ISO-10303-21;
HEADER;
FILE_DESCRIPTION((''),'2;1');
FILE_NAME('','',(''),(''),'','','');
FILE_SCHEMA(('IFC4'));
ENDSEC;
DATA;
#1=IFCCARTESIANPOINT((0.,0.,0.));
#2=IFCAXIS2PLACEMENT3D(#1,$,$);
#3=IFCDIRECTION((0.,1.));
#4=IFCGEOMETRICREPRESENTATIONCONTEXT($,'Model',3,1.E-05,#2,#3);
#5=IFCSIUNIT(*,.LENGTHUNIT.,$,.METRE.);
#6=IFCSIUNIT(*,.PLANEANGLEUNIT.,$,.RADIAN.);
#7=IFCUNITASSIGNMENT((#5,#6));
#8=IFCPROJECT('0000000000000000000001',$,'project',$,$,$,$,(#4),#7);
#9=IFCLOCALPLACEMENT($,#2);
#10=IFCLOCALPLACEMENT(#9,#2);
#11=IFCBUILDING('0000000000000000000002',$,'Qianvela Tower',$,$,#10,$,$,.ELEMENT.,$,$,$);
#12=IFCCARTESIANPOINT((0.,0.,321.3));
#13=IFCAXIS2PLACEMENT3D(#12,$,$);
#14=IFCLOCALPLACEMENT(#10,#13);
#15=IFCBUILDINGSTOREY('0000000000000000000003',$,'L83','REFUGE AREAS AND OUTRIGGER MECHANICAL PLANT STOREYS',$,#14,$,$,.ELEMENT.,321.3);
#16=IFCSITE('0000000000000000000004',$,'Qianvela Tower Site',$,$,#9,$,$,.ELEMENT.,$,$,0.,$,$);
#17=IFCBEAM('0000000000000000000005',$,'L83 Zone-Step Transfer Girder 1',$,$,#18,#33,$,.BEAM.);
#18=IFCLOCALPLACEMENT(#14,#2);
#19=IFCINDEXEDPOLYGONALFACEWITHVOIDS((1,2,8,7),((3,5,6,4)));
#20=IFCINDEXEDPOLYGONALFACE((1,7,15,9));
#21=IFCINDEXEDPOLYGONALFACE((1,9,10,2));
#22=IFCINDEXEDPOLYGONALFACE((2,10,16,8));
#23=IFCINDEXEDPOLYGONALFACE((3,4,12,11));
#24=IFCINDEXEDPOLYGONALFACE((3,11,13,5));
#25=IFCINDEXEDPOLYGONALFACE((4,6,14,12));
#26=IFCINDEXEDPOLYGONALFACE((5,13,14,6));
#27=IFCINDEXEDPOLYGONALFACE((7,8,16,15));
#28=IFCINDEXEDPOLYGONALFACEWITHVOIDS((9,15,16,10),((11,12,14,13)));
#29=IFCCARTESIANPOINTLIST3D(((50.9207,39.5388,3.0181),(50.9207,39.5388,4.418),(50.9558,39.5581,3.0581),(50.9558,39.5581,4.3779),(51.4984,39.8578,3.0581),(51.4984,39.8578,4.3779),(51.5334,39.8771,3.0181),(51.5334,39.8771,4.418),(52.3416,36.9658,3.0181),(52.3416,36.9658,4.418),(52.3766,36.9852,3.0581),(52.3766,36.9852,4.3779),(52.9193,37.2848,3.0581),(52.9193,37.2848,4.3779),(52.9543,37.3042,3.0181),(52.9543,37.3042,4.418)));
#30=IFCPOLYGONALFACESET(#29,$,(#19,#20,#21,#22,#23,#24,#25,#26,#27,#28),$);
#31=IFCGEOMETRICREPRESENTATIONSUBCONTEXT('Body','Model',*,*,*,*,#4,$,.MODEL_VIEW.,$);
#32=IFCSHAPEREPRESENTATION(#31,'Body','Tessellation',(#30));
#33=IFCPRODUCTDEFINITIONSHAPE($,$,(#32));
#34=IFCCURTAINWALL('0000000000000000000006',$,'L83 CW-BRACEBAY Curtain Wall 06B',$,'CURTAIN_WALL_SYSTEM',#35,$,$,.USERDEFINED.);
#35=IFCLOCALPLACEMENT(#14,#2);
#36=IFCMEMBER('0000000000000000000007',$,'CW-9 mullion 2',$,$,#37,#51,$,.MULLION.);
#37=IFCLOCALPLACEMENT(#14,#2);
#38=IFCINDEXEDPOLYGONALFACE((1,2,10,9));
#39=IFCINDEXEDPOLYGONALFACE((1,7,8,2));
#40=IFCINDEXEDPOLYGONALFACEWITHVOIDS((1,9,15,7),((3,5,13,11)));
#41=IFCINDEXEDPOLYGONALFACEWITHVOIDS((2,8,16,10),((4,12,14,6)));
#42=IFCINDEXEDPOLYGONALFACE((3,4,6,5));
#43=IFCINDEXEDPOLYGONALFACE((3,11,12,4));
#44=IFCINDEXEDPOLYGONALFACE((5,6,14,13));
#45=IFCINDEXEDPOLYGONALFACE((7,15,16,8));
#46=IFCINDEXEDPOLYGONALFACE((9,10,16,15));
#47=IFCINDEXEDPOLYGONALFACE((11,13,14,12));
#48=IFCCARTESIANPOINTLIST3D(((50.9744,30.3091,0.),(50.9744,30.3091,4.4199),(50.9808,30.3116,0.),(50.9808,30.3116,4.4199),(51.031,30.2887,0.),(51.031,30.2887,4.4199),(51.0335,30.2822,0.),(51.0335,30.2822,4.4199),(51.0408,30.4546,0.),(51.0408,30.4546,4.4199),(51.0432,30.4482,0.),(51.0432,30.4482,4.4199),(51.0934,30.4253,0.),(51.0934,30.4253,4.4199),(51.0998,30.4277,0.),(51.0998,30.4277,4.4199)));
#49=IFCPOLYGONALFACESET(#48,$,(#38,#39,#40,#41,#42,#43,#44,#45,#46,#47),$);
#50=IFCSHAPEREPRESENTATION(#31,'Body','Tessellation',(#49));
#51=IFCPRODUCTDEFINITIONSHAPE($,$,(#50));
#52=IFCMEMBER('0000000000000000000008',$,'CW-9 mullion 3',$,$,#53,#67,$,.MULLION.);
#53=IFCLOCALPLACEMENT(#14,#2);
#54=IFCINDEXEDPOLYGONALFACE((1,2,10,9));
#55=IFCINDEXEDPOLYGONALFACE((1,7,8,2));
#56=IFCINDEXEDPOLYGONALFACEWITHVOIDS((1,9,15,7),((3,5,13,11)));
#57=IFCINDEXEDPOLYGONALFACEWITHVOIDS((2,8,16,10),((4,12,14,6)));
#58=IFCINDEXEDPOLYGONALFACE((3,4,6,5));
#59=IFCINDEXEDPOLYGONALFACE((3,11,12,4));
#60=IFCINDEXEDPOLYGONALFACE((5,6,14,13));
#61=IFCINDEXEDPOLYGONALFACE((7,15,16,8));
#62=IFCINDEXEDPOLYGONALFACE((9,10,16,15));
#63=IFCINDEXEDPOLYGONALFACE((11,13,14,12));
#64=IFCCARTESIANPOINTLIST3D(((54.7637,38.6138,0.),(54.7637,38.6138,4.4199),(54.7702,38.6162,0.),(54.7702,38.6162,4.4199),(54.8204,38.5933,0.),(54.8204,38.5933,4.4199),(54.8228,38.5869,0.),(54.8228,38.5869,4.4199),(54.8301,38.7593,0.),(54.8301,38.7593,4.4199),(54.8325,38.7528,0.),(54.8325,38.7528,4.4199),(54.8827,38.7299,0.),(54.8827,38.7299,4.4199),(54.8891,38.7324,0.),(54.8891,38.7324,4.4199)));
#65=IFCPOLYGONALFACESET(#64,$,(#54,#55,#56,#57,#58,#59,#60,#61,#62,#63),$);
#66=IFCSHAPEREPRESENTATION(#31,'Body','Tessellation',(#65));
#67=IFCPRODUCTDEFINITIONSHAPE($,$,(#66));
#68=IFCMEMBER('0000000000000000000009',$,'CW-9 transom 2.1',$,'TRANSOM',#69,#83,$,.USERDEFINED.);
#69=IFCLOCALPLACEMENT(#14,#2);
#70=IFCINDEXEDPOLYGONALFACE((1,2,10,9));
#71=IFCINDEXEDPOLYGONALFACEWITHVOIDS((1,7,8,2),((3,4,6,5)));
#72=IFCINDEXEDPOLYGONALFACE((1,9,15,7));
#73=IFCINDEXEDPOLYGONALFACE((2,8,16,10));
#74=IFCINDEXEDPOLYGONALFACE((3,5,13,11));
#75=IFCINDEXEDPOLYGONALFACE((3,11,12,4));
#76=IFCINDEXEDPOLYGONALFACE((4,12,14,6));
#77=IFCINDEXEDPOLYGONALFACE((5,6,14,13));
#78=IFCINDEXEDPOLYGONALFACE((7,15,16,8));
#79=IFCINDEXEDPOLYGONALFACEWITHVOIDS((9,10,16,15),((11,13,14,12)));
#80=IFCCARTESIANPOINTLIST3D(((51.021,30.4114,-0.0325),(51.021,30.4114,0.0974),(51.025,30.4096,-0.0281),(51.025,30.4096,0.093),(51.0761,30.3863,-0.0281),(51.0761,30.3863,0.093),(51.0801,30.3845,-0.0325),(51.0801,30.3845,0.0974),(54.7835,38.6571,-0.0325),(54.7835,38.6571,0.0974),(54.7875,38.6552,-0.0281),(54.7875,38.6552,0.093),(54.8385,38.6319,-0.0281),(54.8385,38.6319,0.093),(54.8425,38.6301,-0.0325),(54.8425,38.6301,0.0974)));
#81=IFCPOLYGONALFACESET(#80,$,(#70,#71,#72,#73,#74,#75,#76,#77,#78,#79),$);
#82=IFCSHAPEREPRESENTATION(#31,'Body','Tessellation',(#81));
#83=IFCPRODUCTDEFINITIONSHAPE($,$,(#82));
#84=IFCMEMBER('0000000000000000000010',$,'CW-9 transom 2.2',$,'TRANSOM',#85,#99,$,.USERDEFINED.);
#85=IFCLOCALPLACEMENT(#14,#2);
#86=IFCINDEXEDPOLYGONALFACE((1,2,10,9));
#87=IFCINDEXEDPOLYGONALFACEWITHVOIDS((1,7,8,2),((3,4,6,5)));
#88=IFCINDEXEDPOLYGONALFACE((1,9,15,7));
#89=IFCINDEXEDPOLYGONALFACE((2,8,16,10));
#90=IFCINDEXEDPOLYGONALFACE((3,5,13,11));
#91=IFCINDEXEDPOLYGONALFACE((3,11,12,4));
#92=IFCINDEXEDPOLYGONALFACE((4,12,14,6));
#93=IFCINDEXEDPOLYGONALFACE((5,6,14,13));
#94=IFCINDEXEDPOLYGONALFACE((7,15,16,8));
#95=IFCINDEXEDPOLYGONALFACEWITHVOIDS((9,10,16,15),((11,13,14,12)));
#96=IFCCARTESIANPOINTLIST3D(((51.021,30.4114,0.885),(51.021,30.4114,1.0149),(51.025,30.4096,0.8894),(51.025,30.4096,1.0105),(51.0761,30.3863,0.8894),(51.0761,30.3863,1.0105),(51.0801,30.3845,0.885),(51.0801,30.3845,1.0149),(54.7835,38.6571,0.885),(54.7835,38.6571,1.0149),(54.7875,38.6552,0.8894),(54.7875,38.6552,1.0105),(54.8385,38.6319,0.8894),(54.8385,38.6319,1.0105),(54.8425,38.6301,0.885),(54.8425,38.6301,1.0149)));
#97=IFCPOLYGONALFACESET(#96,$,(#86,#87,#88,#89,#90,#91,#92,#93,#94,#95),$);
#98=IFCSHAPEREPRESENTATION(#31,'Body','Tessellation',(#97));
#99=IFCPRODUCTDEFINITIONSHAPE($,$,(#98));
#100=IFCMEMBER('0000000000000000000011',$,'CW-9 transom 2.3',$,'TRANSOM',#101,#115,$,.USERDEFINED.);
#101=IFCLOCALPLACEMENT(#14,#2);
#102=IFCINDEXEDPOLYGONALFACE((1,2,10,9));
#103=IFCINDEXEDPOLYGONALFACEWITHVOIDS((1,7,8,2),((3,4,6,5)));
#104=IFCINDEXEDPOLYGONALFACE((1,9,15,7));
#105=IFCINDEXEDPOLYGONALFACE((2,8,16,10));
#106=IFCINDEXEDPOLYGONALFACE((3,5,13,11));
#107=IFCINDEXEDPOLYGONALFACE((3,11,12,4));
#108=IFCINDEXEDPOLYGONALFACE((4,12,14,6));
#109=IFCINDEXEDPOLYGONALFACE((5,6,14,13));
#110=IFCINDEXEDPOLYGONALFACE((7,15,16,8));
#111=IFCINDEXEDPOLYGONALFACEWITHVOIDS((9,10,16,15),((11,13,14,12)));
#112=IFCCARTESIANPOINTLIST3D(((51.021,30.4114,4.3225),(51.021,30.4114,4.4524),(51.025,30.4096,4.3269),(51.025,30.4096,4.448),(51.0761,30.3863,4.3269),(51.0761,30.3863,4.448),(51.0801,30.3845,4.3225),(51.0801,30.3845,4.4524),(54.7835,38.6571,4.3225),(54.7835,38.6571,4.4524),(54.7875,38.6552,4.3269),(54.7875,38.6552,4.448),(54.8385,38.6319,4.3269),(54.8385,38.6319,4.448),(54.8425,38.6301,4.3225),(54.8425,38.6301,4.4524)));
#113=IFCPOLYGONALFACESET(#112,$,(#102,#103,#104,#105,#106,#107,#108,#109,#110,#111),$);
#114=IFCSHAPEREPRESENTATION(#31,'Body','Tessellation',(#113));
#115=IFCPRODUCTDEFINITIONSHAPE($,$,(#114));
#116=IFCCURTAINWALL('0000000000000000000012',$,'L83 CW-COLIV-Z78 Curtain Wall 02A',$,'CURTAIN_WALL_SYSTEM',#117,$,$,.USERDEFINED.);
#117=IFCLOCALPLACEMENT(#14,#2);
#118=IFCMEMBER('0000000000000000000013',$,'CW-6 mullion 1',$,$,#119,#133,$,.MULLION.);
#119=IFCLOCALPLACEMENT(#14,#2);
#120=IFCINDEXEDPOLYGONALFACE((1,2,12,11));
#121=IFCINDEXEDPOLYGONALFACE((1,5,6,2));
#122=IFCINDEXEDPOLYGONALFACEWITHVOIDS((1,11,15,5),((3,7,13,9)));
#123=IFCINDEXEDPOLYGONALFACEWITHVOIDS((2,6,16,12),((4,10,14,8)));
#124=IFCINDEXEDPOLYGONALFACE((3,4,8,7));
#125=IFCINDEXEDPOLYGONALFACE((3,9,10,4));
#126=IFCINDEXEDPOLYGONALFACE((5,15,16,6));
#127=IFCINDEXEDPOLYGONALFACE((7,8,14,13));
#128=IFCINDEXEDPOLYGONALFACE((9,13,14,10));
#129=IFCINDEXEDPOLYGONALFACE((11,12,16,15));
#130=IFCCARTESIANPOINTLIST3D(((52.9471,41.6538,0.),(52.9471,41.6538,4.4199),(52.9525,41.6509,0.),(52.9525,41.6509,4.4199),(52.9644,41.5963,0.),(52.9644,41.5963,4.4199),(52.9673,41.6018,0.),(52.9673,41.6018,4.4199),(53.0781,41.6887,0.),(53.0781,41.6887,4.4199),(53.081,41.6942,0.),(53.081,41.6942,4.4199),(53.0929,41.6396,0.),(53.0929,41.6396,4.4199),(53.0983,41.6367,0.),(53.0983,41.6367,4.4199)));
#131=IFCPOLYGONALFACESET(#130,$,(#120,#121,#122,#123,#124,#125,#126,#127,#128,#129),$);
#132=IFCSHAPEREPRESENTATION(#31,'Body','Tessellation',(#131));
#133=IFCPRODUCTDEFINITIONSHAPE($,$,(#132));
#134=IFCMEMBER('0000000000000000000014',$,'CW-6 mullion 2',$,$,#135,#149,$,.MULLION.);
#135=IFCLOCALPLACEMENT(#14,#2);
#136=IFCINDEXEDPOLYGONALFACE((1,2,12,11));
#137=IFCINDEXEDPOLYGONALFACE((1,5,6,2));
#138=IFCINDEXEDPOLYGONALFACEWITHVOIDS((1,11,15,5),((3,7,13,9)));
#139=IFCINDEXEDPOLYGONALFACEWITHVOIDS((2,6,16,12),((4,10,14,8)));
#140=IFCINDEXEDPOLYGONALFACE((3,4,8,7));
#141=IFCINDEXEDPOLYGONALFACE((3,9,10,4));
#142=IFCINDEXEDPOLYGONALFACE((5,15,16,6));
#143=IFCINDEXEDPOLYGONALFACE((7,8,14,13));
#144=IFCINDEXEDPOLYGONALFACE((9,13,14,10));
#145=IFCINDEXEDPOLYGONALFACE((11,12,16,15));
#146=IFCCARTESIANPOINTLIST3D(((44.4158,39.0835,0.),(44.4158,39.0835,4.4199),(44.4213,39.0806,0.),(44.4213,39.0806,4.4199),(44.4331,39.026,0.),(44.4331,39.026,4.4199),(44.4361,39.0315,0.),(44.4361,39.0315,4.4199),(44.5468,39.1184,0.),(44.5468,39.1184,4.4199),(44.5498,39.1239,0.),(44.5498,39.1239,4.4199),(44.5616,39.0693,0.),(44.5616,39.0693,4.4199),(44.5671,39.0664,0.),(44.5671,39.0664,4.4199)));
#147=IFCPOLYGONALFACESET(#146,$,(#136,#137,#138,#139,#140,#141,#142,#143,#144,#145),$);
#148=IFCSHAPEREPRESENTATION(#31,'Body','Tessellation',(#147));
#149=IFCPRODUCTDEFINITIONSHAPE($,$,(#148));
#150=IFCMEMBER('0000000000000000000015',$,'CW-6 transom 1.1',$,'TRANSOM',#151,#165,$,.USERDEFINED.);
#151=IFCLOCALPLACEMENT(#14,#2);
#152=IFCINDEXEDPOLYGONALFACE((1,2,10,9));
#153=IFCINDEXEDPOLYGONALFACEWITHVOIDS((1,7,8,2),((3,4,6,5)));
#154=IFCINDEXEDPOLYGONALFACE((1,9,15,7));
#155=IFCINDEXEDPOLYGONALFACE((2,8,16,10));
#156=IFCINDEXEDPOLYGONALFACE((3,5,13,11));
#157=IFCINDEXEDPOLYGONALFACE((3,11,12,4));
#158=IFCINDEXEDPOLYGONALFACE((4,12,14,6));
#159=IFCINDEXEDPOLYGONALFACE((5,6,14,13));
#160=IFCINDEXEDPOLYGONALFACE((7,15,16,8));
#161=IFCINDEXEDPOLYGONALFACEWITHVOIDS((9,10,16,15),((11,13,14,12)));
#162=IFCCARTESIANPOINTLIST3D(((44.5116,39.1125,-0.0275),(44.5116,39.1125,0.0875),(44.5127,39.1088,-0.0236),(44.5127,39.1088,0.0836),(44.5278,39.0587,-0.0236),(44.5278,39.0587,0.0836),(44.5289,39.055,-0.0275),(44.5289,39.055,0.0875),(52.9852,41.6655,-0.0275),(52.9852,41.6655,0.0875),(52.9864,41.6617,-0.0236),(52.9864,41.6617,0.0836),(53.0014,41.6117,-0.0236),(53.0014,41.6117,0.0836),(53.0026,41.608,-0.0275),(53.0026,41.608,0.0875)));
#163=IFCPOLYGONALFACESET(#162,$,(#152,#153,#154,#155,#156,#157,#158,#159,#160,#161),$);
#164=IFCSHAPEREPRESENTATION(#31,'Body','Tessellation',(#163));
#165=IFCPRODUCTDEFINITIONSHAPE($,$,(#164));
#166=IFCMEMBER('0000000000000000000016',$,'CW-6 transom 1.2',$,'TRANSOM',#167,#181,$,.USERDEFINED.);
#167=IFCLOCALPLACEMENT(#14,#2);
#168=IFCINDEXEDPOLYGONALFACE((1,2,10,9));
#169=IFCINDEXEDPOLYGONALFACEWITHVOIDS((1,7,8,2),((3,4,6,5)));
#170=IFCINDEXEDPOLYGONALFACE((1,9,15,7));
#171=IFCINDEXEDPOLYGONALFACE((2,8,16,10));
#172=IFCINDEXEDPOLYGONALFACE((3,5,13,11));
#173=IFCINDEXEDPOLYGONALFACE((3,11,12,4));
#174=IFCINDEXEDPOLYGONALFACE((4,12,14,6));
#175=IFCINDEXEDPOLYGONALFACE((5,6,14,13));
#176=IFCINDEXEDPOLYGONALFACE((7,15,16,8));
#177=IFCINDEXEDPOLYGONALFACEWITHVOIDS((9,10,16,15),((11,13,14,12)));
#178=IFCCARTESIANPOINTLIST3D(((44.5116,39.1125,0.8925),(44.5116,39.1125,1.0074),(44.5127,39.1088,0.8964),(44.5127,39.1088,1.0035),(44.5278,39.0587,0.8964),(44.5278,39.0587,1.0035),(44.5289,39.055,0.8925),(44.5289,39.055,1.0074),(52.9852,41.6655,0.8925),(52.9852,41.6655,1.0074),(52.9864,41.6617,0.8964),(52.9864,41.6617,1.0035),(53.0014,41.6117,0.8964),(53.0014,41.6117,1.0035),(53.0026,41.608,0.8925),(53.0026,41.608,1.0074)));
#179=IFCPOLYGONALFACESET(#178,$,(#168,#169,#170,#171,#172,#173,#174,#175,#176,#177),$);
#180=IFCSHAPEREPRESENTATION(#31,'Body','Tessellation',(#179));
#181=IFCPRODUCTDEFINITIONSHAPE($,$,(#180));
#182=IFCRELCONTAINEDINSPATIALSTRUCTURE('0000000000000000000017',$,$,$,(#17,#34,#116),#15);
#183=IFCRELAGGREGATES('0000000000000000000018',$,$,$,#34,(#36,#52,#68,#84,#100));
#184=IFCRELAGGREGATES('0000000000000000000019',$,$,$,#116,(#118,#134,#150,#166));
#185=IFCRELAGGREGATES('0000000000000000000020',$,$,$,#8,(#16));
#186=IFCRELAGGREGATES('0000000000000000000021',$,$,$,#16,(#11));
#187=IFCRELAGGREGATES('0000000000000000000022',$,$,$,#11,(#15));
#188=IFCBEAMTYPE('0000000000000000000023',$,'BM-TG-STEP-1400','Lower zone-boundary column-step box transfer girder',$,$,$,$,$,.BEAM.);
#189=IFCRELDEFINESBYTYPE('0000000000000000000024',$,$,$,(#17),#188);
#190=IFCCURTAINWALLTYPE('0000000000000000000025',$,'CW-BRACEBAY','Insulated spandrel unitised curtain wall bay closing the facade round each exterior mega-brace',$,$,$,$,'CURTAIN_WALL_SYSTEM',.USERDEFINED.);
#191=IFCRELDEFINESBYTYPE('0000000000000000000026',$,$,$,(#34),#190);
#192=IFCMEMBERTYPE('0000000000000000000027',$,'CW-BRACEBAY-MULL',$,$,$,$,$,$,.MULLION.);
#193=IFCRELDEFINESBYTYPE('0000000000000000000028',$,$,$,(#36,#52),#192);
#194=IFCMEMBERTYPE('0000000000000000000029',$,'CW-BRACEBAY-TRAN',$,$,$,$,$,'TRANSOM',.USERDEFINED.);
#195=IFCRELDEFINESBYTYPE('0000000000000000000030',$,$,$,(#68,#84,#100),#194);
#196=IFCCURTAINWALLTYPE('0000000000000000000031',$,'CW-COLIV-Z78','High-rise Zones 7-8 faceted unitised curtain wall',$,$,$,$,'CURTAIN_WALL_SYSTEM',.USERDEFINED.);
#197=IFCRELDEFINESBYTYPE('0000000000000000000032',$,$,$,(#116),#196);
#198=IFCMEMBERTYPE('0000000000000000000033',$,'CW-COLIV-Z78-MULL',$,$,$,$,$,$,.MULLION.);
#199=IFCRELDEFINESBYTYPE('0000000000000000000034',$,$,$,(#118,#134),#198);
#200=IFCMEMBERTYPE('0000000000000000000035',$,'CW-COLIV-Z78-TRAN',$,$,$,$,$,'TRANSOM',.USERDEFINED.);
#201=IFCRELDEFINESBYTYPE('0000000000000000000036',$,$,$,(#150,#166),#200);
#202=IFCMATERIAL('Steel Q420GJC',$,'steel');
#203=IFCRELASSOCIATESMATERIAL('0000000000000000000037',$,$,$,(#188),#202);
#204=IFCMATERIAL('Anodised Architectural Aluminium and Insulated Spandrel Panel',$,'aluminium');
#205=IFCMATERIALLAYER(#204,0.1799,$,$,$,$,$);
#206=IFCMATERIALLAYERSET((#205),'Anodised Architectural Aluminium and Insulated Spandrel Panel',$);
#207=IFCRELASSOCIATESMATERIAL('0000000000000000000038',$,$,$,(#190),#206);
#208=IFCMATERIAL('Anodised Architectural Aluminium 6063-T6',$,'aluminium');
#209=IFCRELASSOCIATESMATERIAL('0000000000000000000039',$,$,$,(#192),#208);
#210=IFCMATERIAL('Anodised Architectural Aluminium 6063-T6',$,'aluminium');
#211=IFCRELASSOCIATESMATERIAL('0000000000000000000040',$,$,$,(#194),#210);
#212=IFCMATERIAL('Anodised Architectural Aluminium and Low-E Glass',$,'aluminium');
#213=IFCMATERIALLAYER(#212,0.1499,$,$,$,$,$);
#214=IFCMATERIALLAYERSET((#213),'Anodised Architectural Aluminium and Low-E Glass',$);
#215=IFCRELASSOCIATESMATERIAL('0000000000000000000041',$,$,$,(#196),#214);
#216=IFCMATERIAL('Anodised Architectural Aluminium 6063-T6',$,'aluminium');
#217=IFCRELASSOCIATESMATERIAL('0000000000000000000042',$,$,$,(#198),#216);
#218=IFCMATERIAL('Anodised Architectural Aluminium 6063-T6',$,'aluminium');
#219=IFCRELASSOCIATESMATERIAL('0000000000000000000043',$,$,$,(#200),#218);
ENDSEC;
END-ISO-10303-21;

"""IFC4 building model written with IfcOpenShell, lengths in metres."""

from ifc_helpers import new_model, si_unit, direction, frame, origin, origin_2d, place, context, subcontext, project, spatial, hollow_rectangle, extrude, material, layer, layer_set, material_profile, profile_set, type_object, element, aggregate, save


model = new_model("IFC4")

# Units and contexts
model_context = context("Model", 3, precision=1e-05, world=origin(), true_north=direction((0.0, 1.0)))
body_context = subcontext(model_context, "Body", "Model", "MODEL_VIEW")
ifc_project = project(units=[si_unit("LENGTHUNIT", "METRE"), si_unit("PLANEANGLEUNIT", "RADIAN")], contexts=[model_context])

# Site, building, storey
site_placement = place(None, origin())
site = spatial("IfcSite", under=ifc_project, at=site_placement, Name="Qianvela Tower Site", CompositionType="ELEMENT", RefElevation=0.0)
building_placement = place(site_placement, origin())
building = spatial("IfcBuilding", under=site, at=building_placement, Name="Qianvela Tower", CompositionType="ELEMENT")
storey_placement = place(building_placement, frame((0.0, 0.0, 321.3)))
storey = spatial("IfcBuildingStorey", under=building, at=storey_placement, Name="L83", Description="REFUGE AREAS AND OUTRIGGER MECHANICAL PLANT STOREYS", CompositionType="ELEMENT", Elevation=321.3)

# Beam
ifc_material_1 = material(Name="Steel Q420GJC", Category="steel")
ifc_material_profile_1 = material_profile(ifc_material_1, hollow_rectangle(XDim=0.7, YDim=1.3999, WallThickness=0.04, at=origin_2d()), Name="TG-BOX-1400x700x40")
ifc_profile_set_1 = profile_set([ifc_material_profile_1], Name="Steel Q420GJC")
beam_type_1 = type_object("IfcBeamType", Name="BM-TG-STEP-1400", Description="Lower zone-boundary column-step box transfer girder", PredefinedType="BEAM", material=ifc_profile_set_1)
beam_1_placement = place(storey_placement, frame((52.6479, 37.135, 3.718), z_axis=(-0.48342, 0.875389, 0.0), x_axis=(-0.875389, -0.48342, 0.0)))
element("IfcBeam", 1, at=beam_1_placement, inside=storey, type_object=beam_type_1, Name="L83 Zone-Step Transfer Girder 1", PredefinedType="BEAM", context=body_context, shape_type="SweptSolid", body=[
    extrude(hollow_rectangle(XDim=0.7, YDim=1.3999, WallThickness=0.04, at=origin_2d()), origin(), (0.0, 0.0, 1.0), 2.9392),
])

# Curtain walls, members
ifc_material_2 = material(Name="Anodised Architectural Aluminium and Insulated Spandrel Panel", Category="aluminium")
ifc_layer_1 = layer(ifc_material_2, 0.1799)
ifc_layer_set_1 = layer_set([ifc_layer_1], Name="Anodised Architectural Aluminium and Insulated Spandrel Panel")
curtain_wall_type_1 = type_object("IfcCurtainWallType", Name="CW-BRACEBAY", Description="Insulated spandrel unitised curtain wall bay closing the facade round each exterior mega-brace", ElementType="CURTAIN_WALL_SYSTEM", PredefinedType="USERDEFINED", material=ifc_layer_set_1)
curtain_wall_1_placement = place(storey_placement, origin())
curtain_wall_1 = element("IfcCurtainWall", 2, at=curtain_wall_1_placement, inside=storey, type_object=curtain_wall_type_1, Name="L83 CW-BRACEBAY Curtain Wall 06B", ObjectType="CURTAIN_WALL_SYSTEM", PredefinedType="USERDEFINED")
ifc_material_3 = material(Name="Anodised Architectural Aluminium 6063-T6", Category="aluminium")
ifc_material_profile_2 = material_profile(ifc_material_3, hollow_rectangle(XDim=0.0649, YDim=0.1599, WallThickness=0.0049, at=origin_2d()), Name="ALU-MULL-65x160")
ifc_profile_set_2 = profile_set([ifc_material_profile_2], Name="Anodised Architectural Aluminium 6063-T6")
member_type_1 = type_object("IfcMemberType", Name="CW-BRACEBAY-MULL", PredefinedType="MULLION", material=ifc_profile_set_2)
member_1_placement = place(storey_placement, frame((51.0371, 30.3684, 0.0), z_axis=(0.0, 0.0, 1.0), x_axis=(-0.909767, 0.415119, 0.0)))
member_1 = element("IfcMember", 3, at=member_1_placement, type_object=member_type_1, Name="CW-9 mullion 2", PredefinedType="MULLION", context=body_context, shape_type="SweptSolid", body=[
    extrude(hollow_rectangle(XDim=0.0649, YDim=0.1599, WallThickness=0.0049, at=origin_2d()), origin(), (0.0, 0.0, 1.0), 4.4199),
])
member_2_placement = place(storey_placement, frame((54.8264, 38.6731, 0.0), z_axis=(0.0, 0.0, 1.0), x_axis=(-0.909767, 0.415119, 0.0)))
member_2 = element("IfcMember", 4, at=member_2_placement, type_object=member_type_1, Name="CW-9 mullion 3", PredefinedType="MULLION", context=body_context, shape_type="SweptSolid", body=[
    extrude(hollow_rectangle(XDim=0.0649, YDim=0.1599, WallThickness=0.0049, at=origin_2d()), origin(), (0.0, 0.0, 1.0), 4.4199),
])
ifc_material_4 = material(Name="Anodised Architectural Aluminium 6063-T6", Category="aluminium")
ifc_material_profile_3 = material_profile(ifc_material_4, hollow_rectangle(XDim=0.0649, YDim=0.1299, WallThickness=0.0044, at=origin_2d()), Name="ALU-TRAN-65x130")
ifc_profile_set_3 = profile_set([ifc_material_profile_3], Name="Anodised Architectural Aluminium 6063-T6")
member_type_2 = type_object("IfcMemberType", Name="CW-BRACEBAY-TRAN", ElementType="TRANSOM", PredefinedType="USERDEFINED", material=ifc_profile_set_3)
member_3_placement = place(storey_placement, frame((51.0505, 30.3979, 0.0325), z_axis=(0.415124, 0.909765, 0.0), x_axis=(-0.909765, 0.415124, 0.0)))
member_3 = element("IfcMember", 5, at=member_3_placement, type_object=member_type_2, Name="CW-9 transom 2.1", ObjectType="TRANSOM", PredefinedType="USERDEFINED", context=body_context, shape_type="SweptSolid", body=[
    extrude(hollow_rectangle(XDim=0.0649, YDim=0.1299, WallThickness=0.0044, at=origin_2d()), origin(), (0.0, 0.0, 1.0), 9.0635),
])
member_4_placement = place(storey_placement, frame((51.0505, 30.3979, 0.95), z_axis=(0.415124, 0.909765, 0.0), x_axis=(-0.909765, 0.415124, 0.0)))
member_4 = element("IfcMember", 6, at=member_4_placement, type_object=member_type_2, Name="CW-9 transom 2.2", ObjectType="TRANSOM", PredefinedType="USERDEFINED", context=body_context, shape_type="SweptSolid", body=[
    extrude(hollow_rectangle(XDim=0.0649, YDim=0.1299, WallThickness=0.0044, at=origin_2d()), origin(), (0.0, 0.0, 1.0), 9.0635),
])
member_5_placement = place(storey_placement, frame((51.0505, 30.3979, 4.3875), z_axis=(0.415124, 0.909765, 0.0), x_axis=(-0.909765, 0.415124, 0.0)))
member_5 = element("IfcMember", 7, at=member_5_placement, type_object=member_type_2, Name="CW-9 transom 2.3", ObjectType="TRANSOM", PredefinedType="USERDEFINED", context=body_context, shape_type="SweptSolid", body=[
    extrude(hollow_rectangle(XDim=0.0649, YDim=0.1299, WallThickness=0.0044, at=origin_2d()), origin(), (0.0, 0.0, 1.0), 9.0635),
])
ifc_material_5 = material(Name="Anodised Architectural Aluminium and Low-E Glass", Category="aluminium")
ifc_layer_2 = layer(ifc_material_5, 0.1499)
ifc_layer_set_2 = layer_set([ifc_layer_2], Name="Anodised Architectural Aluminium and Low-E Glass")
curtain_wall_type_2 = type_object("IfcCurtainWallType", Name="CW-COLIV-Z78", Description="High-rise Zones 7-8 faceted unitised curtain wall", ElementType="CURTAIN_WALL_SYSTEM", PredefinedType="USERDEFINED", material=ifc_layer_set_2)
curtain_wall_2_placement = place(storey_placement, origin())
curtain_wall_2 = element("IfcCurtainWall", 8, at=curtain_wall_2_placement, inside=storey, type_object=curtain_wall_type_2, Name="L83 CW-COLIV-Z78 Curtain Wall 02A", ObjectType="CURTAIN_WALL_SYSTEM", PredefinedType="USERDEFINED")
ifc_material_6 = material(Name="Anodised Architectural Aluminium 6063-T6", Category="aluminium")
ifc_material_profile_4 = material_profile(ifc_material_6, hollow_rectangle(XDim=0.0601, YDim=0.1399, WallThickness=0.0044, at=origin_2d()), Name="ALU-MULL-60x140")
ifc_profile_set_4 = profile_set([ifc_material_profile_4], Name="Anodised Architectural Aluminium 6063-T6")
member_type_3 = type_object("IfcMemberType", Name="CW-COLIV-Z78-MULL", PredefinedType="MULLION", material=ifc_profile_set_4)
member_6_placement = place(storey_placement, frame((53.0227, 41.6453, 0.0), z_axis=(0.0, 0.0, 1.0), x_axis=(0.28848, -0.957486, 0.0)))
member_6 = element("IfcMember", 9, at=member_6_placement, type_object=member_type_3, Name="CW-6 mullion 1", PredefinedType="MULLION", context=body_context, shape_type="SweptSolid", body=[
    extrude(hollow_rectangle(XDim=0.0601, YDim=0.1399, WallThickness=0.0044, at=origin_2d()), origin(), (0.0, 0.0, 1.0), 4.4199),
])
member_7_placement = place(storey_placement, frame((44.4915, 39.075, 0.0), z_axis=(0.0, 0.0, 1.0), x_axis=(0.28848, -0.957486, 0.0)))
member_7 = element("IfcMember", 10, at=member_7_placement, type_object=member_type_3, Name="CW-6 mullion 2", PredefinedType="MULLION", context=body_context, shape_type="SweptSolid", body=[
    extrude(hollow_rectangle(XDim=0.0601, YDim=0.1399, WallThickness=0.0044, at=origin_2d()), origin(), (0.0, 0.0, 1.0), 4.4199),
])
ifc_material_7 = material(Name="Anodised Architectural Aluminium 6063-T6", Category="aluminium")
ifc_material_profile_5 = material_profile(ifc_material_7, hollow_rectangle(XDim=0.0601, YDim=0.115, WallThickness=0.0039, at=origin_2d()), Name="ALU-TRAN-60x115")
ifc_profile_set_5 = profile_set([ifc_material_profile_5], Name="Anodised Architectural Aluminium 6063-T6")
member_type_4 = type_object("IfcMemberType", Name="CW-COLIV-Z78-TRAN", ElementType="TRANSOM", PredefinedType="USERDEFINED", material=ifc_profile_set_5)
member_8_placement = place(storey_placement, frame((52.9939, 41.6367, 0.03), z_axis=(-0.957487, -0.288476, 0.0), x_axis=(0.288476, -0.957487, 0.0)))
member_8 = element("IfcMember", 11, at=member_8_placement, type_object=member_type_4, Name="CW-6 transom 1.1", ObjectType="TRANSOM", PredefinedType="USERDEFINED", context=body_context, shape_type="SweptSolid", body=[
    extrude(hollow_rectangle(XDim=0.0601, YDim=0.115, WallThickness=0.0039, at=origin_2d()), origin(), (0.0, 0.0, 1.0), 8.8499),
])
member_9_placement = place(storey_placement, frame((52.9939, 41.6367, 0.95), z_axis=(-0.957487, -0.288476, 0.0), x_axis=(0.288476, -0.957487, 0.0)))
member_9 = element("IfcMember", 12, at=member_9_placement, type_object=member_type_4, Name="CW-6 transom 1.2", ObjectType="TRANSOM", PredefinedType="USERDEFINED", context=body_context, shape_type="SweptSolid", body=[
    extrude(hollow_rectangle(XDim=0.0601, YDim=0.115, WallThickness=0.0039, at=origin_2d()), origin(), (0.0, 0.0, 1.0), 8.8499),
])

aggregate(curtain_wall_1, [member_1, member_2, member_3, member_4, member_5])
aggregate(curtain_wall_2, [member_6, member_7, member_8, member_9])

save(model, "model.ifc")
